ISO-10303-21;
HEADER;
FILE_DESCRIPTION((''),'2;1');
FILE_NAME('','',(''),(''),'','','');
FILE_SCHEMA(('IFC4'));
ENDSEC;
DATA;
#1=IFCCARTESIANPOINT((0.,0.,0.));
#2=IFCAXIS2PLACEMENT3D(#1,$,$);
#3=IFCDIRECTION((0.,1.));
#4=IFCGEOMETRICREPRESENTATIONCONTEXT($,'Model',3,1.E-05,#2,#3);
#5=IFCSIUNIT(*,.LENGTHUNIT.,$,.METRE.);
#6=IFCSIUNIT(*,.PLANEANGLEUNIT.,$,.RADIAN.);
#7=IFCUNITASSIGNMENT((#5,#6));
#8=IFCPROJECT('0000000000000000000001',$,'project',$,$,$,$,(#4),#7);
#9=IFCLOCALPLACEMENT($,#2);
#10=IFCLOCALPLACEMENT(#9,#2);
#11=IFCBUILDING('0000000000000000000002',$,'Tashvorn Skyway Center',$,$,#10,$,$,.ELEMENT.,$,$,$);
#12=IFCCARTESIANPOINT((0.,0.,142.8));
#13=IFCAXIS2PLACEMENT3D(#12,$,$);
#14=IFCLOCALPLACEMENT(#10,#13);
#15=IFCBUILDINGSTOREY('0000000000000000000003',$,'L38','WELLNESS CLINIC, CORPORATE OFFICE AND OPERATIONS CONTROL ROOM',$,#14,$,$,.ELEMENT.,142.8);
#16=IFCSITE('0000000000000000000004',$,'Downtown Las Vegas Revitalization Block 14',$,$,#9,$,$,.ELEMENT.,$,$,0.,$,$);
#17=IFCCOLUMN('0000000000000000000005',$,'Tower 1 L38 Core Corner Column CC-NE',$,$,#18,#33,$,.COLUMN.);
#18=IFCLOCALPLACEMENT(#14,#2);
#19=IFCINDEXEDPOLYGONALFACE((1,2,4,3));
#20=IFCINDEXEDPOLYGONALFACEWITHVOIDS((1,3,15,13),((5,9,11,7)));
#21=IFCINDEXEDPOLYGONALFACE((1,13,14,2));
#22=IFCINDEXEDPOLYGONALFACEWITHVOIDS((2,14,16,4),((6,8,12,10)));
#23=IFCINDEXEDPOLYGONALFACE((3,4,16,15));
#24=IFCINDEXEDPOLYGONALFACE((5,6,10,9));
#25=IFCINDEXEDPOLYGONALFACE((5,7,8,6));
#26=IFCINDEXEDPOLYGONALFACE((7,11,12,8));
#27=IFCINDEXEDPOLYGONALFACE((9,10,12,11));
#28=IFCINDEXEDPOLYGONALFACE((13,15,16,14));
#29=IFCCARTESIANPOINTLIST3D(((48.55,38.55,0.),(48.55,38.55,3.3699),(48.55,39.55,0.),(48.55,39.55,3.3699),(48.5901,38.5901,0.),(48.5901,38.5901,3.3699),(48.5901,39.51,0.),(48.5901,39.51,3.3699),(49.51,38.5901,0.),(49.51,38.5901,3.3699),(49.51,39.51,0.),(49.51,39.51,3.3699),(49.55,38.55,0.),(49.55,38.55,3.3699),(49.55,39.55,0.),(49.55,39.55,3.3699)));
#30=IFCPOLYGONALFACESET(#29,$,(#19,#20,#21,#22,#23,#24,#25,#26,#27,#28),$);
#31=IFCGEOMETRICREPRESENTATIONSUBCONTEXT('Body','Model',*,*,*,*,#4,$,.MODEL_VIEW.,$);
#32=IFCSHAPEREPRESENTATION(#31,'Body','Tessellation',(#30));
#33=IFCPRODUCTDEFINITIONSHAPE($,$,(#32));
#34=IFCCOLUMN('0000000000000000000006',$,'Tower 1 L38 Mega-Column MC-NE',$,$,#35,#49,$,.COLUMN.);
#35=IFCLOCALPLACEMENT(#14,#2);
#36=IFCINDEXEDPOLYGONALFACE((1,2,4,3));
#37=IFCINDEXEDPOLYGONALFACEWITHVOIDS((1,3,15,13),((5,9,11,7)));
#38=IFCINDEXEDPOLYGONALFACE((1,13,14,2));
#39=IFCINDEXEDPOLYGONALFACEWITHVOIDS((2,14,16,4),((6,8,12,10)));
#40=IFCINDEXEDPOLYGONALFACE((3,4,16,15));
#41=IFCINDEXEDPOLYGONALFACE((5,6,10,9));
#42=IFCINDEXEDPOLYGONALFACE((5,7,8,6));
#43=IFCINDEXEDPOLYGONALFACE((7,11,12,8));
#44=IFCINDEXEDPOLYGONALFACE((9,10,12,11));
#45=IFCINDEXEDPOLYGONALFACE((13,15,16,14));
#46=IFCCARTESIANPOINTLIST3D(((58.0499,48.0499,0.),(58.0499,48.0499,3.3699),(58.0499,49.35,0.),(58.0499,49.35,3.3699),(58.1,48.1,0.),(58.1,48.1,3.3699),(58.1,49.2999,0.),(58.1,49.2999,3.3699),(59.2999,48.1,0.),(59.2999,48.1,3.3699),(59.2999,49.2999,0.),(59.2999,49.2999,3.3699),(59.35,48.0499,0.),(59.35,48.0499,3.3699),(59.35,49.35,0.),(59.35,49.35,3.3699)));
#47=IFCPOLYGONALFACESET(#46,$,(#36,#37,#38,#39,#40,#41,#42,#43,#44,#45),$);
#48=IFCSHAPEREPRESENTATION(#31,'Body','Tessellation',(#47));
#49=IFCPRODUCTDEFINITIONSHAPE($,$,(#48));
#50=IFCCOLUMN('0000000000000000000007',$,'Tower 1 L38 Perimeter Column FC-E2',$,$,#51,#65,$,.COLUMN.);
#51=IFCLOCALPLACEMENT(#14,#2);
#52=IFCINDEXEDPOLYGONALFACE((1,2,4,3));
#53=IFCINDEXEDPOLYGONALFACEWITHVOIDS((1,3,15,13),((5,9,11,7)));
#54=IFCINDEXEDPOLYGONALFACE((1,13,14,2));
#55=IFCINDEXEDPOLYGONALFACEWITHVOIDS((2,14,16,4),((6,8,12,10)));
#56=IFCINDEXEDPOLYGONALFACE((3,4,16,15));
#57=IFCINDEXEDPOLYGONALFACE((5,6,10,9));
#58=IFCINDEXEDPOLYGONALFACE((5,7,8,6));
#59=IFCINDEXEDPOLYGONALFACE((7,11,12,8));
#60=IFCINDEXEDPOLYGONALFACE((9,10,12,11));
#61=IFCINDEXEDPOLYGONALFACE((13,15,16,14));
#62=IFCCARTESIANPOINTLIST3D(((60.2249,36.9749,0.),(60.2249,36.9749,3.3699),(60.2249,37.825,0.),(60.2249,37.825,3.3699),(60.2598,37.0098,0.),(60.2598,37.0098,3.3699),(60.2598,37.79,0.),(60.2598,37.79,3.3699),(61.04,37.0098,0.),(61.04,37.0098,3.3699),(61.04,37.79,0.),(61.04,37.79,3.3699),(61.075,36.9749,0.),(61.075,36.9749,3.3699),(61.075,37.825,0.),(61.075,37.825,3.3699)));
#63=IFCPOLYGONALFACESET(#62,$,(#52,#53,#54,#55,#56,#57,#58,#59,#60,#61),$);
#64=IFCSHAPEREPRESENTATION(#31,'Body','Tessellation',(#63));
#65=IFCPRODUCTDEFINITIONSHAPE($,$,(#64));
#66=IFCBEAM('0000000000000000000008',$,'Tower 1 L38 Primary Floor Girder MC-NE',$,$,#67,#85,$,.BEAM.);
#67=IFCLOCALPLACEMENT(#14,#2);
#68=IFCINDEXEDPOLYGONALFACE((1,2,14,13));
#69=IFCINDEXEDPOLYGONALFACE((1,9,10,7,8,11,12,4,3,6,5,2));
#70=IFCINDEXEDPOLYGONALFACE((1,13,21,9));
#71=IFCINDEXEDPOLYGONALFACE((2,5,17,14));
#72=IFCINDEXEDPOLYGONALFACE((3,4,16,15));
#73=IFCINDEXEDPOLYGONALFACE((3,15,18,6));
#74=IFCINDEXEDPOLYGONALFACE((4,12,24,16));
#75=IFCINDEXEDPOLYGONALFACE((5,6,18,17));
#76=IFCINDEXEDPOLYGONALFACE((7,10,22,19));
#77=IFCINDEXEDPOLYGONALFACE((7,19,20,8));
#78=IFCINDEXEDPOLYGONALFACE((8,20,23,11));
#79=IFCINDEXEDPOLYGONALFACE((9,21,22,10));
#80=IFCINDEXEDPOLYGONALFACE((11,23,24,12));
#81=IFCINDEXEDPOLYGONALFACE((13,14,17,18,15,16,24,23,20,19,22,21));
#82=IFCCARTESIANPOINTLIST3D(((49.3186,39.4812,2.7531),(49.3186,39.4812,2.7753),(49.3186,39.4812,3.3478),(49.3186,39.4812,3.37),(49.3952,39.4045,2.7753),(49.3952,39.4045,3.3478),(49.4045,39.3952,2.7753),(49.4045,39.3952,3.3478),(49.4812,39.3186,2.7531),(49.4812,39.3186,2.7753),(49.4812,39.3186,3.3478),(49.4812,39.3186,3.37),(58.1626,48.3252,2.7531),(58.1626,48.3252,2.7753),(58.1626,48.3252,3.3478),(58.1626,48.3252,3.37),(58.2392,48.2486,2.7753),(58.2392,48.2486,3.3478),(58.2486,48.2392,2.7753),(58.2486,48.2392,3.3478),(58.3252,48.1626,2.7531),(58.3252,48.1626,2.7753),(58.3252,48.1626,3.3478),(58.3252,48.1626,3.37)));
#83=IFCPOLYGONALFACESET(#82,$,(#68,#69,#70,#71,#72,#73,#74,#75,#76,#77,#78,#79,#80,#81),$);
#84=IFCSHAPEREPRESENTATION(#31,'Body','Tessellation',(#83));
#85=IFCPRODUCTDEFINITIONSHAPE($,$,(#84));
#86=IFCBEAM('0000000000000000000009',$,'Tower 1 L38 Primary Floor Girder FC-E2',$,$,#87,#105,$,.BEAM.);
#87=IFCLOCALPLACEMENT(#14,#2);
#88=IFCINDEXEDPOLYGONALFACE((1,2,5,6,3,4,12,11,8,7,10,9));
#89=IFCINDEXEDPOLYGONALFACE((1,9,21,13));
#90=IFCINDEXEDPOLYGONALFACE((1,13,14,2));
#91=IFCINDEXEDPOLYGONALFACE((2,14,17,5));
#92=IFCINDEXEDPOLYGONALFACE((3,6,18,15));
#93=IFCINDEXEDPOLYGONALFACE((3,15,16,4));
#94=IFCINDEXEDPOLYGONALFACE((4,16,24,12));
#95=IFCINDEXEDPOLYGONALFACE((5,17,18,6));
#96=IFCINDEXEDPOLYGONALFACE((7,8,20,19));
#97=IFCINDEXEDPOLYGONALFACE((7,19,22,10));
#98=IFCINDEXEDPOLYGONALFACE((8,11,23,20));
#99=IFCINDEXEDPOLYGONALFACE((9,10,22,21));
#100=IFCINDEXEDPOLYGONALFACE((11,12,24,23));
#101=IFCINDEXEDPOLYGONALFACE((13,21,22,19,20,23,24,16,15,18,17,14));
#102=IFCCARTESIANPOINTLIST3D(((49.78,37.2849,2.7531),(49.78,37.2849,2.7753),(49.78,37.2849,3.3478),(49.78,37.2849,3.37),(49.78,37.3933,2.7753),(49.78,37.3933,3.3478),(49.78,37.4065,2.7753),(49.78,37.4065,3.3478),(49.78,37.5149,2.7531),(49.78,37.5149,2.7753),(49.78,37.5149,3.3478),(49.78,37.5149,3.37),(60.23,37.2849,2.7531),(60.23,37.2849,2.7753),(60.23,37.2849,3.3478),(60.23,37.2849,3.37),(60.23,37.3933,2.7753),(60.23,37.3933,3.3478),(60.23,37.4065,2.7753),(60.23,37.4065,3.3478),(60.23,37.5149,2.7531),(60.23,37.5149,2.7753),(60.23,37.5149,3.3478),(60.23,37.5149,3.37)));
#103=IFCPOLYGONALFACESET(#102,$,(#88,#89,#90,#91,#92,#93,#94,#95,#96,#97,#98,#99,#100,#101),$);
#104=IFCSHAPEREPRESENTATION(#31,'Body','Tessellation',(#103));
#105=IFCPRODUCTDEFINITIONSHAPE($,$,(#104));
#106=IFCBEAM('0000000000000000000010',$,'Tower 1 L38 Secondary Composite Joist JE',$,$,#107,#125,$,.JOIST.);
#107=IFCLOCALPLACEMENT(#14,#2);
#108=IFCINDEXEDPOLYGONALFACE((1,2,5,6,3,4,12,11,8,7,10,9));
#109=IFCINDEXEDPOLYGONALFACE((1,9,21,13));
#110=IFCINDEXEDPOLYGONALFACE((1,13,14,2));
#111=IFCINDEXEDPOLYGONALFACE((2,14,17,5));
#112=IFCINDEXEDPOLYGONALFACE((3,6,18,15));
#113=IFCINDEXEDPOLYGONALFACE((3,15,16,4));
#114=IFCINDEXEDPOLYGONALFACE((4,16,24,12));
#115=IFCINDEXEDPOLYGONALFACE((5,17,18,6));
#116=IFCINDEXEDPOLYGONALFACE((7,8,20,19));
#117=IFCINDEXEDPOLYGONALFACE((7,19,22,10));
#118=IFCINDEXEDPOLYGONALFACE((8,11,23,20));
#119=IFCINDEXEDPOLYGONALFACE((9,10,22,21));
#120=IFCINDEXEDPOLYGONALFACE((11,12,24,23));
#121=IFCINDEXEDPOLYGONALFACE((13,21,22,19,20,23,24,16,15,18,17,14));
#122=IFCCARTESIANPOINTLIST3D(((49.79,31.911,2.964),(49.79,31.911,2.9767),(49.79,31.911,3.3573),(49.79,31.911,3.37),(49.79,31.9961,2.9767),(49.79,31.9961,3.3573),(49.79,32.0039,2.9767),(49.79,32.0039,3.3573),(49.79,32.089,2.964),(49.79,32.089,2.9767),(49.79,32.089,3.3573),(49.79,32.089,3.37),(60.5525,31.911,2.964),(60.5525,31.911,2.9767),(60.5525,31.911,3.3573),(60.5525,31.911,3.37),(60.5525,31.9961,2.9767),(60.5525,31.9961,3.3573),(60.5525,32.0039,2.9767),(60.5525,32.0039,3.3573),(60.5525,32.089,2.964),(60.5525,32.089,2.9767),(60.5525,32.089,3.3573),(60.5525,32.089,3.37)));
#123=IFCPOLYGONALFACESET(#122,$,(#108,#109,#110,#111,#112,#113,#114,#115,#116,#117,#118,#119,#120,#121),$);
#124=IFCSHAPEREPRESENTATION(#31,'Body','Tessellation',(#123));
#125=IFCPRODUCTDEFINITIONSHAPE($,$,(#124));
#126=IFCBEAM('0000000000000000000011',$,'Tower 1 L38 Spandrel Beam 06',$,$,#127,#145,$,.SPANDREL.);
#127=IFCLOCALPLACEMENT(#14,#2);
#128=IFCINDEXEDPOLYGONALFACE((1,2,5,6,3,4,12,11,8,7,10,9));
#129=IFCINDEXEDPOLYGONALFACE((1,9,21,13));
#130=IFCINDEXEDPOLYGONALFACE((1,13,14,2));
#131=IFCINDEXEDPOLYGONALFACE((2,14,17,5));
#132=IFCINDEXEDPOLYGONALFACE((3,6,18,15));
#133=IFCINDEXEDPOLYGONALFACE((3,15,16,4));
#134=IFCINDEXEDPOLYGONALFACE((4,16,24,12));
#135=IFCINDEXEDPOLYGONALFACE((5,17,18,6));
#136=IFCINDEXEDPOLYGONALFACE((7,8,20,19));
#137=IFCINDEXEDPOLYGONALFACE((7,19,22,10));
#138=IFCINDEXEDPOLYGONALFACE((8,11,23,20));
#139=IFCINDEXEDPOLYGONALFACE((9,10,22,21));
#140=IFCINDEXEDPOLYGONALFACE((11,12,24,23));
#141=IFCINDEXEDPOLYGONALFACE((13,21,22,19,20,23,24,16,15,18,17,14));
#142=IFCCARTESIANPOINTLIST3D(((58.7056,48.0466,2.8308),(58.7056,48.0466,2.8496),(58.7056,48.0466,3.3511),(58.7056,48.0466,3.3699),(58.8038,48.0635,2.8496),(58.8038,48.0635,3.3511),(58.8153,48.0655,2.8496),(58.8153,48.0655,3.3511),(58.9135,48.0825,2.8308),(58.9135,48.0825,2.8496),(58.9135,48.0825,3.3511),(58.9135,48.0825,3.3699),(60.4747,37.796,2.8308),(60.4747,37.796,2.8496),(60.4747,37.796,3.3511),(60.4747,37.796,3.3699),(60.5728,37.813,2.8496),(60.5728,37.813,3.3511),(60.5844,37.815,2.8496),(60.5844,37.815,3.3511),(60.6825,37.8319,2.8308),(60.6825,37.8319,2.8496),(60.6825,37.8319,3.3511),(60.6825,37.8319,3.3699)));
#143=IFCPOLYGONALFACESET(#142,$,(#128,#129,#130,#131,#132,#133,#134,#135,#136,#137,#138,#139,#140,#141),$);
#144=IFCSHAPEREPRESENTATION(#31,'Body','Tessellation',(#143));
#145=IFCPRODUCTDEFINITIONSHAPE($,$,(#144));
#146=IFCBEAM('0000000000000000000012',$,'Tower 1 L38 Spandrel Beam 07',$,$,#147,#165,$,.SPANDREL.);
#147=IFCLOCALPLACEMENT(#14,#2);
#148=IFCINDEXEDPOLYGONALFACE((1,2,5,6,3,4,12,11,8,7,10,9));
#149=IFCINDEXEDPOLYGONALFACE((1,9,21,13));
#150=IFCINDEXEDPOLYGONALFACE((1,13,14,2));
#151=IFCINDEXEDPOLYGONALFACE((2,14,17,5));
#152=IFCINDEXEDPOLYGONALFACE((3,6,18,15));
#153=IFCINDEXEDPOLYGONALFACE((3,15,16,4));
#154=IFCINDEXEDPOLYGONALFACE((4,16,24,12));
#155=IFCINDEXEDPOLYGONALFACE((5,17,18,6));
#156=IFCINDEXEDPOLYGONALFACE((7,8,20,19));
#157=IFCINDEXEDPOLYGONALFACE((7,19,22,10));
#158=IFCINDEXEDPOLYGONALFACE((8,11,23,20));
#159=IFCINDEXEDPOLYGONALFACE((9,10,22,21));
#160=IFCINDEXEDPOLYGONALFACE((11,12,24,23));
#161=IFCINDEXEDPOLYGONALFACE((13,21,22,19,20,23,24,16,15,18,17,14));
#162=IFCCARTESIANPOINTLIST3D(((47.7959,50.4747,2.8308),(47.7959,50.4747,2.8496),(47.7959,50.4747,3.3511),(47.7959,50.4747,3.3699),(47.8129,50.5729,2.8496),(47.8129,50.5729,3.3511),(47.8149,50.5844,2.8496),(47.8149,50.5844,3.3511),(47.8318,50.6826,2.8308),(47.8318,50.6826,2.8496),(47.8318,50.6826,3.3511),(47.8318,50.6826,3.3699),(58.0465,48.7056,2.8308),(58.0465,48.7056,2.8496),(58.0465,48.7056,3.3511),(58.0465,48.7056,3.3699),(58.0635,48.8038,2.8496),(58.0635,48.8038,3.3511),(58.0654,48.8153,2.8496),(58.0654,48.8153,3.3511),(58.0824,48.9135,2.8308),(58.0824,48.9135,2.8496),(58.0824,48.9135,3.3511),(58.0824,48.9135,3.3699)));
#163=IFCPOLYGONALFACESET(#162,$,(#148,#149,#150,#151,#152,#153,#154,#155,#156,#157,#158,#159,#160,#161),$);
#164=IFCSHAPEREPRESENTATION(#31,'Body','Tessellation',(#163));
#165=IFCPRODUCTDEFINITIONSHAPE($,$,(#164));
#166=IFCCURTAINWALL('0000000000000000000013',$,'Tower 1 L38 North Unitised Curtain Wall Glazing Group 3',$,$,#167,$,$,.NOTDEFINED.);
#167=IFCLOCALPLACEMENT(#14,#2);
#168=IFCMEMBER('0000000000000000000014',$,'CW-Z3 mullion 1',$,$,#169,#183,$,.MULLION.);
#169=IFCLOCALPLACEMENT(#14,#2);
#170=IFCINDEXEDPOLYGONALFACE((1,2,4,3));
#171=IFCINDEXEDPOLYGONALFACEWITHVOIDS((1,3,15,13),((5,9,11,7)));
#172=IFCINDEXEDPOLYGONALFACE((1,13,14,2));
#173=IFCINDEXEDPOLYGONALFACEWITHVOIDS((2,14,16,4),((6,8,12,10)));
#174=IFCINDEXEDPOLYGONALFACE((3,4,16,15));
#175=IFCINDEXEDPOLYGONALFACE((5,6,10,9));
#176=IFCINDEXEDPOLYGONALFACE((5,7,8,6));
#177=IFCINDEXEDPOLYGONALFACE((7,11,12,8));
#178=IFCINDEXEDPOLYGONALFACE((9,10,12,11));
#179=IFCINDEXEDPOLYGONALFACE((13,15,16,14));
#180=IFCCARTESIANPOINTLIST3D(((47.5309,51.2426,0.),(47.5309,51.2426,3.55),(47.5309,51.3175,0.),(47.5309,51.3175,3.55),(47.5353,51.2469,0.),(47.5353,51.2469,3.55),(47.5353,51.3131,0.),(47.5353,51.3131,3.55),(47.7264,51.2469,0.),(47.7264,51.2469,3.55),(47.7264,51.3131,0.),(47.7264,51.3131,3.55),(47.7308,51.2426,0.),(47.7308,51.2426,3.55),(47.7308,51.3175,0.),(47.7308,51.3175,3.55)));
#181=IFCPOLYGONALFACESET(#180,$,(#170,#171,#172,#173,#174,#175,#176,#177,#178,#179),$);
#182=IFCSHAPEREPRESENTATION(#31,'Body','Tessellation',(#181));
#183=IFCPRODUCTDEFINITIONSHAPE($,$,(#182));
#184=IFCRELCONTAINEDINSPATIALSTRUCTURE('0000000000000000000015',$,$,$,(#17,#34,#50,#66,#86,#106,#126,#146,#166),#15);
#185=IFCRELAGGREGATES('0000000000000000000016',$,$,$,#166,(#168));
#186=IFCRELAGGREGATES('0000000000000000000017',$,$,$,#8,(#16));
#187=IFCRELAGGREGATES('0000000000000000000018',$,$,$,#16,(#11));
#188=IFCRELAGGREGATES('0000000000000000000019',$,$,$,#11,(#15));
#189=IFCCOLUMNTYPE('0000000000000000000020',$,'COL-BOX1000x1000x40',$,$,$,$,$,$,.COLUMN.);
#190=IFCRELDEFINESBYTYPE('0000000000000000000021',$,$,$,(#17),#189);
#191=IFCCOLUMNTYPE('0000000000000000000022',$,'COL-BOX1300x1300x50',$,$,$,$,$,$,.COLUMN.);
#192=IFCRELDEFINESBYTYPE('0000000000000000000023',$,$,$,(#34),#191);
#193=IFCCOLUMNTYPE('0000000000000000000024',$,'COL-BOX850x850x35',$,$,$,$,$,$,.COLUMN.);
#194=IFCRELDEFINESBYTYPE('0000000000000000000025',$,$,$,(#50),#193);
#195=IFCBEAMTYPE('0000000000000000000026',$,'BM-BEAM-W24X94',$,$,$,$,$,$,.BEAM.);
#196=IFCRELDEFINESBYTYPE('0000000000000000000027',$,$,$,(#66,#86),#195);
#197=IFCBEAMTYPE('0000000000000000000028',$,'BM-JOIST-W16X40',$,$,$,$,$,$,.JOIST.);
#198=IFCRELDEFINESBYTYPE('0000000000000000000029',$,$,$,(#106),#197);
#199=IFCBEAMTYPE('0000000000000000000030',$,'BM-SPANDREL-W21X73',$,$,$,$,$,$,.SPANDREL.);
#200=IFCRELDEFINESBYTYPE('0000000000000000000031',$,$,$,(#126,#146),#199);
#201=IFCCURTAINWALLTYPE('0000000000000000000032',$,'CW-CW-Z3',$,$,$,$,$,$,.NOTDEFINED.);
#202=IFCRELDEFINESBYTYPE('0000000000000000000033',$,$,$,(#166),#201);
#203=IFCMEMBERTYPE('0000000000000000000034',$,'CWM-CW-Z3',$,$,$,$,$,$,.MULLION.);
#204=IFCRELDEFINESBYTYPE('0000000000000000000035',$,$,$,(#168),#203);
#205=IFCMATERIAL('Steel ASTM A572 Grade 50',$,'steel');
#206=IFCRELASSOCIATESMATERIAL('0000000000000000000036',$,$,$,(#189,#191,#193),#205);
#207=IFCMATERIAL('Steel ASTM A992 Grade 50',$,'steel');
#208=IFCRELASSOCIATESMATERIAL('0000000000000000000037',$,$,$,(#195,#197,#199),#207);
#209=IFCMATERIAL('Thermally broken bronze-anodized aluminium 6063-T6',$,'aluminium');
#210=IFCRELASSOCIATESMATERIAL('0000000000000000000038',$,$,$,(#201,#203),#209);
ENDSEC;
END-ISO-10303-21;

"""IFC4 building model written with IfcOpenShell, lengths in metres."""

from ifc_helpers import new_model, si_unit, direction, frame, origin, origin_2d, place, context, subcontext, project, spatial, hollow_rectangle, i_section, extrude, material, material_profile, profile_set, type_object, element, aggregate, save


model = new_model("IFC4")

# Units and contexts
model_context = context("Model", 3, precision=1e-05, world=origin(), true_north=direction((0.0, 1.0)))
body_context = subcontext(model_context, "Body", "Model", "MODEL_VIEW")
ifc_project = project(units=[si_unit("LENGTHUNIT", "METRE"), si_unit("PLANEANGLEUNIT", "RADIAN")], contexts=[model_context])

# Site, building, storey
site_placement = place(None, origin())
site = spatial("IfcSite", under=ifc_project, at=site_placement, Name="Downtown Las Vegas Revitalization Block 14", CompositionType="ELEMENT", RefElevation=0.0)
building_placement = place(site_placement, origin())
building = spatial("IfcBuilding", under=site, at=building_placement, Name="Tashvorn Skyway Center", CompositionType="ELEMENT")
storey_placement = place(building_placement, frame((0.0, 0.0, 142.8)))
storey = spatial("IfcBuildingStorey", under=building, at=storey_placement, Name="L38", Description="WELLNESS CLINIC, CORPORATE OFFICE AND OPERATIONS CONTROL ROOM", CompositionType="ELEMENT", Elevation=142.8)

# Columns
ifc_material_1 = material(Name="Steel ASTM A572 Grade 50", Category="steel")
ifc_material_profile_1 = material_profile(ifc_material_1, hollow_rectangle(XDim=1.0, YDim=1.0, WallThickness=0.04, at=origin_2d()), Name="BOX1000x1000x40")
ifc_profile_set_1 = profile_set([ifc_material_profile_1], Name="Steel ASTM A572 Grade 50")
column_type_1 = type_object("IfcColumnType", Name="COL-BOX1000x1000x40", PredefinedType="COLUMN", material=ifc_profile_set_1)
column_1_placement = place(storey_placement, frame((49.05, 39.05, 0.0), z_axis=(0.0, 0.0, 1.0), x_axis=(1.0, 0.0, 0.0)))
element("IfcColumn", 1, at=column_1_placement, inside=storey, type_object=column_type_1, Name="Tower 1 L38 Core Corner Column CC-NE", PredefinedType="COLUMN", context=body_context, shape_type="SweptSolid", body=[
    extrude(hollow_rectangle(XDim=1.0, YDim=1.0, WallThickness=0.04, at=origin_2d()), origin(), (0.0, 0.0, 1.0), 3.3699),
])
ifc_material_profile_2 = material_profile(ifc_material_1, hollow_rectangle(XDim=1.3, YDim=1.3, WallThickness=0.05, at=origin_2d()), Name="BOX1300x1300x50")
ifc_profile_set_2 = profile_set([ifc_material_profile_2], Name="Steel ASTM A572 Grade 50")
column_type_2 = type_object("IfcColumnType", Name="COL-BOX1300x1300x50", PredefinedType="COLUMN", material=ifc_profile_set_2)
column_2_placement = place(storey_placement, frame((58.7, 48.7, 0.0), z_axis=(0.0, 0.0, 1.0), x_axis=(1.0, 0.0, 0.0)))
element("IfcColumn", 2, at=column_2_placement, inside=storey, type_object=column_type_2, Name="Tower 1 L38 Mega-Column MC-NE", PredefinedType="COLUMN", context=body_context, shape_type="SweptSolid", body=[
    extrude(hollow_rectangle(XDim=1.3, YDim=1.3, WallThickness=0.05, at=origin_2d()), origin(), (0.0, 0.0, 1.0), 3.3699),
])
ifc_material_profile_3 = material_profile(ifc_material_1, hollow_rectangle(XDim=0.8501, YDim=0.8501, WallThickness=0.0349, at=origin_2d()), Name="BOX850x850x35")
ifc_profile_set_3 = profile_set([ifc_material_profile_3], Name="Steel ASTM A572 Grade 50")
column_type_3 = type_object("IfcColumnType", Name="COL-BOX850x850x35", PredefinedType="COLUMN", material=ifc_profile_set_3)
column_3_placement = place(storey_placement, frame((60.6499, 37.3999, 0.0), z_axis=(0.0, 0.0, 1.0), x_axis=(1.0, 0.0, 0.0)))
element("IfcColumn", 3, at=column_3_placement, inside=storey, type_object=column_type_3, Name="Tower 1 L38 Perimeter Column FC-E2", PredefinedType="COLUMN", context=body_context, shape_type="SweptSolid", body=[
    extrude(hollow_rectangle(XDim=0.8501, YDim=0.8501, WallThickness=0.0349, at=origin_2d()), origin(), (0.0, 0.0, 1.0), 3.3699),
])

# Beams
ifc_material_2 = material(Name="Steel ASTM A992 Grade 50", Category="steel")
ifc_material_profile_4 = material_profile(ifc_material_2, i_section(OverallWidth=0.23, OverallDepth=0.6169, WebThickness=0.0132, FlangeThickness=0.0222, at=origin_2d()), Name="W24X94")
ifc_profile_set_4 = profile_set([ifc_material_profile_4], Name="Steel ASTM A992 Grade 50")
beam_type_1 = type_object("IfcBeamType", Name="BM-BEAM-W24X94", PredefinedType="BEAM", material=ifc_profile_set_4)
beam_1_placement = place(storey_placement, frame((58.2439, 48.2439, 3.0615), z_axis=(-0.707107, -0.707107, 0.0), x_axis=(0.707107, -0.707107, 0.0)))
element("IfcBeam", 4, at=beam_1_placement, inside=storey, type_object=beam_type_1, Name="Tower 1 L38 Primary Floor Girder MC-NE", PredefinedType="BEAM", context=body_context, shape_type="SweptSolid", body=[
    extrude(i_section(OverallWidth=0.23, OverallDepth=0.6169, WebThickness=0.0132, FlangeThickness=0.0222, at=origin_2d()), origin(), (0.0, 0.0, 1.0), 12.5073),
])
beam_2_placement = place(storey_placement, frame((60.23, 37.3999, 3.0615), z_axis=(-1.0, 0.0, 0.0), x_axis=(0.0, -1.0, 0.0)))
element("IfcBeam", 5, at=beam_2_placement, inside=storey, type_object=beam_type_1, Name="Tower 1 L38 Primary Floor Girder FC-E2", PredefinedType="BEAM", context=body_context, shape_type="SweptSolid", body=[
    extrude(i_section(OverallWidth=0.23, OverallDepth=0.6169, WebThickness=0.0132, FlangeThickness=0.0222, at=origin_2d()), origin(), (0.0, 0.0, 1.0), 10.45),
])
ifc_material_profile_5 = material_profile(ifc_material_2, i_section(OverallWidth=0.178, OverallDepth=0.406, WebThickness=0.0078, FlangeThickness=0.0127, at=origin_2d()), Name="W16X40")
ifc_profile_set_5 = profile_set([ifc_material_profile_5], Name="Steel ASTM A992 Grade 50")
beam_type_2 = type_object("IfcBeamType", Name="BM-JOIST-W16X40", PredefinedType="JOIST", material=ifc_profile_set_5)
beam_3_placement = place(storey_placement, frame((49.79, 32.0, 3.167), z_axis=(1.0, 0.0, 0.0), x_axis=(0.0, 1.0, 0.0)))
element("IfcBeam", 6, at=beam_3_placement, inside=storey, type_object=beam_type_2, Name="Tower 1 L38 Secondary Composite Joist JE", PredefinedType="JOIST", context=body_context, shape_type="SweptSolid", body=[
    extrude(i_section(OverallWidth=0.178, OverallDepth=0.406, WebThickness=0.0078, FlangeThickness=0.0127, at=origin_2d()), origin(), (0.0, 0.0, 1.0), 10.7625),
])
ifc_material_profile_6 = material_profile(ifc_material_2, i_section(OverallWidth=0.2109, OverallDepth=0.5391, WebThickness=0.0117, FlangeThickness=0.0188, at=origin_2d()), Name="W21X73")
ifc_profile_set_6 = profile_set([ifc_material_profile_6], Name="Steel ASTM A992 Grade 50")
beam_type_3 = type_object("IfcBeamType", Name="BM-SPANDREL-W21X73", PredefinedType="SPANDREL", material=ifc_profile_set_6)
for number, where, z_axis, x_axis, name in (
    (7, (60.5786, 37.814, 3.1003), (-0.170067, 0.985432, 0.0), (-0.985432, -0.170067, 0.0), "Tower 1 L38 Spandrel Beam 06"),
    (8, (58.0645, 48.8096, 3.1003), (-0.985432, 0.170067, 0.0), (-0.170067, -0.985432, 0.0), "Tower 1 L38 Spandrel Beam 07"),
):
    element("IfcBeam", number, at=place(storey_placement, frame(where, z_axis=z_axis, x_axis=x_axis)), inside=storey, type_object=beam_type_3, Name=name, PredefinedType="SPANDREL", context=body_context, shape_type="SweptSolid", body=[
        extrude(i_section(OverallWidth=0.2109, OverallDepth=0.5391, WebThickness=0.0117, FlangeThickness=0.0188, at=origin_2d()), origin(), (0.0, 0.0, 1.0), 10.4021),
    ])

# Curtain wall, member
ifc_material_3 = material(Name="Thermally broken bronze-anodized aluminium 6063-T6", Category="aluminium")
curtain_wall_type = type_object("IfcCurtainWallType", Name="CW-CW-Z3", PredefinedType="NOTDEFINED", material=ifc_material_3)
curtain_wall_1_placement = place(storey_placement, origin())
curtain_wall_1 = element("IfcCurtainWall", 9, at=curtain_wall_1_placement, inside=storey, type_object=curtain_wall_type, Name="Tower 1 L38 North Unitised Curtain Wall Glazing Group 3", PredefinedType="NOTDEFINED")
ifc_material_profile_7 = material_profile(ifc_material_3, hollow_rectangle(XDim=0.075, YDim=0.2, WallThickness=0.0044, at=origin_2d()), Name="ALU-MULL-75x200")
ifc_profile_set_7 = profile_set([ifc_material_profile_7], Name="Thermally broken bronze-anodized aluminium 6063-T6")
member_type_1 = type_object("IfcMemberType", Name="CWM-CW-Z3", PredefinedType="MULLION", material=ifc_profile_set_7)
member_1_placement = place(storey_placement, frame((47.6309, 51.28, 0.0), z_axis=(0.0, 0.0, 1.0), x_axis=(0.0, 1.0, 0.0)))
member_1 = element("IfcMember", 10, at=member_1_placement, type_object=member_type_1, Name="CW-Z3 mullion 1", PredefinedType="MULLION", context=body_context, shape_type="SweptSolid", body=[
    extrude(hollow_rectangle(XDim=0.075, YDim=0.2, WallThickness=0.0044, at=origin_2d()), origin(), (0.0, 0.0, 1.0), 3.55),
])

aggregate(curtain_wall_1, [member_1])

save(model, "model.ifc")
